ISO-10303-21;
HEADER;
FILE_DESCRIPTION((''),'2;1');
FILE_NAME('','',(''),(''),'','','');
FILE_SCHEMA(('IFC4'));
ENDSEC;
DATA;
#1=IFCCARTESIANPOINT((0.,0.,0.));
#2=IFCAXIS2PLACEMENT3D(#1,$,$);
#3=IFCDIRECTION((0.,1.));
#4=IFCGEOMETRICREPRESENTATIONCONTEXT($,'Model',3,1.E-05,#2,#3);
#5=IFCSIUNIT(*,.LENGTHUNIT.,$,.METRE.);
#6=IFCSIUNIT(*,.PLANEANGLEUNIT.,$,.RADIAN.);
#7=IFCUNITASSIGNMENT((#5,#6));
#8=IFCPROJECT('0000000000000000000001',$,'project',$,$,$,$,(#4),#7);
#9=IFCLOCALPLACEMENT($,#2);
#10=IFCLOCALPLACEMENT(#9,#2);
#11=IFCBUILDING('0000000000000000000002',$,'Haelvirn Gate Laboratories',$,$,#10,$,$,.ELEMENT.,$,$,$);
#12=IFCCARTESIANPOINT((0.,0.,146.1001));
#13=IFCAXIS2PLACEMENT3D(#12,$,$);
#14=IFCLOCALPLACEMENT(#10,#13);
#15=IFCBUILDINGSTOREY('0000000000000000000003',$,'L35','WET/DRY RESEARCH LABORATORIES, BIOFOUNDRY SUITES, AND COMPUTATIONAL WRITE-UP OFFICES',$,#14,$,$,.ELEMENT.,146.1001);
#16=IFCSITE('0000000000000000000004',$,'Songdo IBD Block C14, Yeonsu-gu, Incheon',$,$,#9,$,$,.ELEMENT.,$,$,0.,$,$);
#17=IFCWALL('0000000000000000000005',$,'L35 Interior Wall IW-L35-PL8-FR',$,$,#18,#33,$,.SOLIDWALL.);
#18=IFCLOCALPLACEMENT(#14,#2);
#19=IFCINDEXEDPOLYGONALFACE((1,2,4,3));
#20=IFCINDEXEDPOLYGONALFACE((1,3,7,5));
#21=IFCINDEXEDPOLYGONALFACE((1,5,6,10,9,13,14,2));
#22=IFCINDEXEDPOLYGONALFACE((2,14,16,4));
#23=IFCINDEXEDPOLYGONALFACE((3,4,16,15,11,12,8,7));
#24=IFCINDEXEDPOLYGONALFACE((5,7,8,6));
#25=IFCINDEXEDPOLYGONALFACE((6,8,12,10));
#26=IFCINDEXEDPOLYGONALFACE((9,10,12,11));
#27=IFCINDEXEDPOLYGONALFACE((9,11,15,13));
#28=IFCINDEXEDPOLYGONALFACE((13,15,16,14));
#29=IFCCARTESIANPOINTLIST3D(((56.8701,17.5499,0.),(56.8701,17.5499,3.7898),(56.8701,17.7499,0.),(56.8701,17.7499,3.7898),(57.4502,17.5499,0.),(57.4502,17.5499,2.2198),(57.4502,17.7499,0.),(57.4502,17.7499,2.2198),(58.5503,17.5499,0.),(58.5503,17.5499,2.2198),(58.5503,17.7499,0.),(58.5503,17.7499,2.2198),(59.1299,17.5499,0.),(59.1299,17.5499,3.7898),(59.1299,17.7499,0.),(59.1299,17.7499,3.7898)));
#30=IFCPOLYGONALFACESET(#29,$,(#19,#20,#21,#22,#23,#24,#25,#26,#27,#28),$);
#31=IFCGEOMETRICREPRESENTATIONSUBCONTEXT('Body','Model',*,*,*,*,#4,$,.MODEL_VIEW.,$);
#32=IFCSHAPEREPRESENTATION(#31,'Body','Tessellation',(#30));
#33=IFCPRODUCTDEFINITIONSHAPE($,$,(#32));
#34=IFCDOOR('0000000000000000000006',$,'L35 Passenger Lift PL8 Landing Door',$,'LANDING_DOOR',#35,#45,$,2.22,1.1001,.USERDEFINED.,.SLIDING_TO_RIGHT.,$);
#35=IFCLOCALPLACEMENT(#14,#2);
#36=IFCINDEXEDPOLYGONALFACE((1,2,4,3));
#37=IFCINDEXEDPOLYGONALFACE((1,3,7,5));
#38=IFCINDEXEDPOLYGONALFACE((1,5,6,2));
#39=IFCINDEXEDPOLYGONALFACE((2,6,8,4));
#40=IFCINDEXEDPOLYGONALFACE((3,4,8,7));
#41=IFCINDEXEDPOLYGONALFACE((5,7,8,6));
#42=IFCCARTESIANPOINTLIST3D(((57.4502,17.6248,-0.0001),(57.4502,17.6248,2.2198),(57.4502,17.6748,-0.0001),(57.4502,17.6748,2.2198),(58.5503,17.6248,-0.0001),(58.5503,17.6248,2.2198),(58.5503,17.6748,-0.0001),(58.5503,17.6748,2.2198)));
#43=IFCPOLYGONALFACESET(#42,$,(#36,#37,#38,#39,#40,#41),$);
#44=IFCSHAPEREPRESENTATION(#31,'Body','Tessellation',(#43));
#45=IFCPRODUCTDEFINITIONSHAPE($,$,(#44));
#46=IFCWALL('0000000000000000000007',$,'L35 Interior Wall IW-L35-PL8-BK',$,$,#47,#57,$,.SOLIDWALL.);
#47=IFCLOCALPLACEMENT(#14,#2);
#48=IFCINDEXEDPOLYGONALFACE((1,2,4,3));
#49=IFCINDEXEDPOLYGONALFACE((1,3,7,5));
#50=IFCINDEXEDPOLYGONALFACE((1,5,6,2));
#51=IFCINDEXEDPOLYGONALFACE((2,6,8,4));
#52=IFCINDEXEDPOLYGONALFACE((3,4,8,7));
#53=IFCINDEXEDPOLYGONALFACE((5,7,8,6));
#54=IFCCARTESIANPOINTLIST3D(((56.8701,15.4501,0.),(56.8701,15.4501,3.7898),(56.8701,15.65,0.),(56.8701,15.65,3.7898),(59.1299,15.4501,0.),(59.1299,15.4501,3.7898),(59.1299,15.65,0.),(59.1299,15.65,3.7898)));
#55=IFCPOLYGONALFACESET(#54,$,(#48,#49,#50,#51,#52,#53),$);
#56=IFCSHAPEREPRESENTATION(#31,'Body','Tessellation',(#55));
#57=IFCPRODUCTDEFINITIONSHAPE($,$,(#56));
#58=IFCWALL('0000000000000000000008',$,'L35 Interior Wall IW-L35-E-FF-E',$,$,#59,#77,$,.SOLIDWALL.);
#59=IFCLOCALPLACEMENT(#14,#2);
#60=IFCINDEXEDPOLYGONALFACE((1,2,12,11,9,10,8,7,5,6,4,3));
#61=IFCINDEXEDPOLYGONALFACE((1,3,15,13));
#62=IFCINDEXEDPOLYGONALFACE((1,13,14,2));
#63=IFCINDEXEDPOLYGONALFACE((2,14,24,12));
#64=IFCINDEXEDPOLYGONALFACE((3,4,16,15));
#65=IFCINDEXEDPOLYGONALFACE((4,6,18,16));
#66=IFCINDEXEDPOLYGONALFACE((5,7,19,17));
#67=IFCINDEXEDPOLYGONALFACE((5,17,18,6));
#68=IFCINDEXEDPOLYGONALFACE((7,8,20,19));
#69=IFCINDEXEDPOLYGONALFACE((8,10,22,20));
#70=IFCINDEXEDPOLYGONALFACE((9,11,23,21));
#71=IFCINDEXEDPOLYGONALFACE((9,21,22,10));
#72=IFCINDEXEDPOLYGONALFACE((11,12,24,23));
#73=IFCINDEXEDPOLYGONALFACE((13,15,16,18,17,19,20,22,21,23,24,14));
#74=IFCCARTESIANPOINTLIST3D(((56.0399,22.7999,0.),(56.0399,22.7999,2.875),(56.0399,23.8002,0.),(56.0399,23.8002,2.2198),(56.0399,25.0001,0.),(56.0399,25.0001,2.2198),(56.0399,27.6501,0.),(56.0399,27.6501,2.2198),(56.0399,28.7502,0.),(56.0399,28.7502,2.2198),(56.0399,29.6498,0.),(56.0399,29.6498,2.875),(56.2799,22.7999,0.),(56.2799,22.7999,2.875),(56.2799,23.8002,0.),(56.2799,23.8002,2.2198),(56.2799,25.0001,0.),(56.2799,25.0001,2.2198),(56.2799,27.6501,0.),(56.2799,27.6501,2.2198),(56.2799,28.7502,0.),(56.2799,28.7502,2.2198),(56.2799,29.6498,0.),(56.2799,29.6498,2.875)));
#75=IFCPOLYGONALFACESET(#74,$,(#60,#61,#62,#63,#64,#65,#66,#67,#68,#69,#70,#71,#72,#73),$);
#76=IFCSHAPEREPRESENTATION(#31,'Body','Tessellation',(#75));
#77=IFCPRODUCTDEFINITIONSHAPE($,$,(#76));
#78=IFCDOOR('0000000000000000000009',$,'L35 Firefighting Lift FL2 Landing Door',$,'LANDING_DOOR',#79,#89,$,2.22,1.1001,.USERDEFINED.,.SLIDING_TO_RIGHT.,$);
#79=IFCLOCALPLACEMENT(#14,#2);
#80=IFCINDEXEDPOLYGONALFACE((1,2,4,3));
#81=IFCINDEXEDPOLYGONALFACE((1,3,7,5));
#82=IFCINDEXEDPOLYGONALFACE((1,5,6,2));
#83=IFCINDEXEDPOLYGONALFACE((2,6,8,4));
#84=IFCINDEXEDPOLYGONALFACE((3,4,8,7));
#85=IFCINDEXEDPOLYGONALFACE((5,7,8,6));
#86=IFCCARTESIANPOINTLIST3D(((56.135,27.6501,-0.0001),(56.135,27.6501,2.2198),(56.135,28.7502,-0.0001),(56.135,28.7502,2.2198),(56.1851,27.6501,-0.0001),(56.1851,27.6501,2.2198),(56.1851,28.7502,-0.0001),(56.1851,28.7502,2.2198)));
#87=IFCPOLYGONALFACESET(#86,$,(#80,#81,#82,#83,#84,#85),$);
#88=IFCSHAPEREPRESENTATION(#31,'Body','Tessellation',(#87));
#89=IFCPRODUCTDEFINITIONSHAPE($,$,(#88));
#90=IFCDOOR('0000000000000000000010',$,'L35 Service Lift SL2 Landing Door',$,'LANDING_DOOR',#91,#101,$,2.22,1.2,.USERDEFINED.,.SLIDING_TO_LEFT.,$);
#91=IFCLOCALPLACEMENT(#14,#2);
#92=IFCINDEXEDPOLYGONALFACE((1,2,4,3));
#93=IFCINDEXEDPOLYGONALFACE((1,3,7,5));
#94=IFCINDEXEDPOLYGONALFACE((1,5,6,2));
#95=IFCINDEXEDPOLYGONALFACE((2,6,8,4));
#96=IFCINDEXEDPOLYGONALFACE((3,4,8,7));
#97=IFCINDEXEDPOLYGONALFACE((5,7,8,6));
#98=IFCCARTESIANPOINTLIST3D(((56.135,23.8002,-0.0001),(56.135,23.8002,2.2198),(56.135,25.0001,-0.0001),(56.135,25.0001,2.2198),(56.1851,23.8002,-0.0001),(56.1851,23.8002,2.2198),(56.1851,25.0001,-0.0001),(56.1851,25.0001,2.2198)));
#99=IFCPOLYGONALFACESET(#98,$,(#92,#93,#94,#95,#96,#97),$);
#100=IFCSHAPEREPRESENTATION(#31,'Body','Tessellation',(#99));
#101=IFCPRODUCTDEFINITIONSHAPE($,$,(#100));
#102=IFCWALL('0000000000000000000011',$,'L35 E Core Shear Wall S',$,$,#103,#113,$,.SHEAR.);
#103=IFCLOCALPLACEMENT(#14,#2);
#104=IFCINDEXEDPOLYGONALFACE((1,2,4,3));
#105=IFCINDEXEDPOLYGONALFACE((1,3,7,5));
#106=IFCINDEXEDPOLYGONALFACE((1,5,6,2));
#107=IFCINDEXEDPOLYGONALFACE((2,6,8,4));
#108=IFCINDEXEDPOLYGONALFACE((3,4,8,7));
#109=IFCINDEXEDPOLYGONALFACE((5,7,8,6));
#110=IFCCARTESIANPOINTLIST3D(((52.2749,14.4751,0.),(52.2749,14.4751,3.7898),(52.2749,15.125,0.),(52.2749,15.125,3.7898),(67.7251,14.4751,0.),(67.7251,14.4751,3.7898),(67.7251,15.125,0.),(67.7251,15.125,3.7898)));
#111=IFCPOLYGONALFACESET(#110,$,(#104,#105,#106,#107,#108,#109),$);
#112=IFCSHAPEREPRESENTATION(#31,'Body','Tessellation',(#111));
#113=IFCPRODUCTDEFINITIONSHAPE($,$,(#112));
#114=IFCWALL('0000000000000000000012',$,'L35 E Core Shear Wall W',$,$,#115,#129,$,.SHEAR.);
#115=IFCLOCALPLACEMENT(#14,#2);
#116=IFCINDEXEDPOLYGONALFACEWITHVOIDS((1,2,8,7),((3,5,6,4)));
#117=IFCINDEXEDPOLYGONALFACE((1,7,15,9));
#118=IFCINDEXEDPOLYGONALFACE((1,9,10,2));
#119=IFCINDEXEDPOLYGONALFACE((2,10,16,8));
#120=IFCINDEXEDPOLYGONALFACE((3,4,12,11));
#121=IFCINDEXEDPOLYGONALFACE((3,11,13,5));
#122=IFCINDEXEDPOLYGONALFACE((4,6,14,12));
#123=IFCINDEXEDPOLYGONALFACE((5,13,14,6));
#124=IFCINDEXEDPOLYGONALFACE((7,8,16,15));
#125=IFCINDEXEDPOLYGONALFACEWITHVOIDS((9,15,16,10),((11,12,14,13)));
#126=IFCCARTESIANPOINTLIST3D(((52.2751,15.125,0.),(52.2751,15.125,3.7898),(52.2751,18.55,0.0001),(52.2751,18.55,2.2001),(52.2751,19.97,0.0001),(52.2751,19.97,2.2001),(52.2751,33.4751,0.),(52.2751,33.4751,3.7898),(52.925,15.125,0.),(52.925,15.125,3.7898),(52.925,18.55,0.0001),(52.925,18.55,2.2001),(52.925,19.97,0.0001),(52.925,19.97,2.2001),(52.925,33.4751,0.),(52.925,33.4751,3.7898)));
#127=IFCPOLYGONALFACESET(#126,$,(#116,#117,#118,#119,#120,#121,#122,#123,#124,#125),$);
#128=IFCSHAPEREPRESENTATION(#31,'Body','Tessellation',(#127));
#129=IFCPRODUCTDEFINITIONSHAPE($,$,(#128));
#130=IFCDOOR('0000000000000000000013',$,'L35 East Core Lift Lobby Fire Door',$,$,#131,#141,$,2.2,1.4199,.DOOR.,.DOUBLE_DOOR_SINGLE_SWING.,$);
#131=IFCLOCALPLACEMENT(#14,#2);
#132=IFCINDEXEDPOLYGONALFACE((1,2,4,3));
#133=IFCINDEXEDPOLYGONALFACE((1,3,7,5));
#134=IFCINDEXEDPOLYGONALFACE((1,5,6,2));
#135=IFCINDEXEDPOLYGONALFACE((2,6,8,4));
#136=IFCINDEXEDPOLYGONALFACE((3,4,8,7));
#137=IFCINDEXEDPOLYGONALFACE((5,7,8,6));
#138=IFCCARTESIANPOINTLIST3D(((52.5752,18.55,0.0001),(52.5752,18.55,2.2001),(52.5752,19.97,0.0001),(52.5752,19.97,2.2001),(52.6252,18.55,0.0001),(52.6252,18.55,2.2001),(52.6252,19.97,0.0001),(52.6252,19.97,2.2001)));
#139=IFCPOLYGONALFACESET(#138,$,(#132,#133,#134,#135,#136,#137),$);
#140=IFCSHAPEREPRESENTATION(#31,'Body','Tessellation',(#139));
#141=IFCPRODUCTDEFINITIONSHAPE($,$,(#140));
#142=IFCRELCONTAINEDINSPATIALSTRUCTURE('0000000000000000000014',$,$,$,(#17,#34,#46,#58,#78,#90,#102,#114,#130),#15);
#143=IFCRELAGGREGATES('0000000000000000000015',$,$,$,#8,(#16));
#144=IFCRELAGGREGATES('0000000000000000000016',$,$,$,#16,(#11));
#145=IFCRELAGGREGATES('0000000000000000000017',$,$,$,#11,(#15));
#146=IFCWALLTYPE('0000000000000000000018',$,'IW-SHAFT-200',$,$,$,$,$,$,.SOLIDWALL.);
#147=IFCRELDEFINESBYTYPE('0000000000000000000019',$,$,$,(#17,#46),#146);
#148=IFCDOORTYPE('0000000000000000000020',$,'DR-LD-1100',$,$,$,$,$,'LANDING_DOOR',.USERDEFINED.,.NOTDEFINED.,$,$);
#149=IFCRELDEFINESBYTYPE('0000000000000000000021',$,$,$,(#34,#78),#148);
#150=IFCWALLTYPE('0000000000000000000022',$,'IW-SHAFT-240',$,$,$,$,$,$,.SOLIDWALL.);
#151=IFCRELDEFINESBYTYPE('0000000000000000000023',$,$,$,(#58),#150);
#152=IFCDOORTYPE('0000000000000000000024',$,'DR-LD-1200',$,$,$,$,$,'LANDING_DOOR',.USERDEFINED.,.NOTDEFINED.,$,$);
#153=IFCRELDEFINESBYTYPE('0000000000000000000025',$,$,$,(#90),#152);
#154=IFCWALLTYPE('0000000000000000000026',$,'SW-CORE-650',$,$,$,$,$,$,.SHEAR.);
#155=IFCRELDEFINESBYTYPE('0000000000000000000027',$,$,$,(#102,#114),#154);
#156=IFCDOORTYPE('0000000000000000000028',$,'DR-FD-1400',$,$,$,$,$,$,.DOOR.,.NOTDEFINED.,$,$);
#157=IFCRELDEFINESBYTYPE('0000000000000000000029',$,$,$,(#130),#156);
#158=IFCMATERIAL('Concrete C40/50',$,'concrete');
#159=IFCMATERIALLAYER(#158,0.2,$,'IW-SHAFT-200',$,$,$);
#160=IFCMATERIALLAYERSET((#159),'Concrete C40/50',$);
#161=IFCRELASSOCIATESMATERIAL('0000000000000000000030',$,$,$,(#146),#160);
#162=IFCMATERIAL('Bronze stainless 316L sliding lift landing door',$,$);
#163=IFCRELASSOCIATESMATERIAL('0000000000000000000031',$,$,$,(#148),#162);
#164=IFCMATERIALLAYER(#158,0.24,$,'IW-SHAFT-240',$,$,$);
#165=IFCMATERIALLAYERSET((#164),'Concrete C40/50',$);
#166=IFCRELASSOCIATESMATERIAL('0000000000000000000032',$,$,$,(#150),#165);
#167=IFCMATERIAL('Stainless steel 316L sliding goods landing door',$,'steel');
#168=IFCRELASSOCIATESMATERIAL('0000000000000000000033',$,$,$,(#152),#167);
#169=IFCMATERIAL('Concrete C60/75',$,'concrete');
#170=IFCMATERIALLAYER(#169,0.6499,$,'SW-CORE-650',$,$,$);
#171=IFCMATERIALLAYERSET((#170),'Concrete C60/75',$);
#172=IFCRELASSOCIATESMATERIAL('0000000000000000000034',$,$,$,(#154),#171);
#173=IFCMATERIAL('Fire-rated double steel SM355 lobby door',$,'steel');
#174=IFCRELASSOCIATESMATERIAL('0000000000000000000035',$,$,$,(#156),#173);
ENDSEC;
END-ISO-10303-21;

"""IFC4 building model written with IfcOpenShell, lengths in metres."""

from ifc_helpers import new_model, si_unit, direction, frame, frame_2d, origin, place, context, subcontext, project, spatial, rectangle, extrude, source, transform, mapped, material, layer, layer_set, type_object, type_shapes, element, fill, save


model = new_model("IFC4")

# Units and contexts
model_context = context("Model", 3, precision=1e-05, world=origin(), true_north=direction((0.0, 1.0)))
body_context = subcontext(model_context, "Body", "Model", "MODEL_VIEW")
ifc_project = project(units=[si_unit("LENGTHUNIT", "METRE"), si_unit("PLANEANGLEUNIT", "RADIAN")], contexts=[model_context])

# Site, building, storey
site_placement = place(None, origin())
site = spatial("IfcSite", under=ifc_project, at=site_placement, Name="Songdo IBD Block C14, Yeonsu-gu, Incheon", CompositionType="ELEMENT", RefElevation=0.0)
building_placement = place(site_placement, origin())
building = spatial("IfcBuilding", under=site, at=building_placement, Name="Haelvirn Gate Laboratories", CompositionType="ELEMENT")
storey_placement = place(building_placement, frame((0.0, 0.0, 146.1001)))
storey = spatial("IfcBuildingStorey", under=building, at=storey_placement, Name="L35", Description="WET/DRY RESEARCH LABORATORIES, BIOFOUNDRY SUITES, AND COMPUTATIONAL WRITE-UP OFFICES", CompositionType="ELEMENT", Elevation=146.1001)

# Shared definitions
ifc_material_1 = material(Name="Concrete C60/75", Category="concrete")

# Shared definitions
ifc_material_2 = material(Name="Concrete C40/50", Category="concrete")

# Wall, opening, door
ifc_layer_1 = layer(ifc_material_2, 0.2, Name="IW-SHAFT-200")
ifc_layer_set_1 = layer_set([ifc_layer_1], Name="Concrete C40/50")
wall_type_1 = type_object("IfcWallType", Name="IW-SHAFT-200", PredefinedType="SOLIDWALL", material=ifc_layer_set_1)
wall_1_placement = place(storey_placement, frame((56.8701, 17.6499, 0.0), z_axis=(0.0, 0.0, 1.0), x_axis=(1.0, 0.0, 0.0)))
wall_1 = element("IfcWall", 1, at=wall_1_placement, inside=storey, type_object=wall_type_1, Name="L35 Interior Wall IW-L35-PL8-FR", PredefinedType="SOLIDWALL", context=body_context, shape_type="SweptSolid", body=[
    extrude(rectangle(XDim=2.2598, YDim=0.2, at=frame_2d((1.1299, 0.0))), origin(), (0.0, 0.0, 1.0), 3.7898),
])
opening_1_placement = place(wall_1_placement, frame((0.5801, 0.0, 0.0)))
opening_1 = element("IfcOpeningElement", 2, at=opening_1_placement, cuts=wall_1, PredefinedType="OPENING", context=body_context, shape_type="SweptSolid", body=[
    extrude(rectangle(XDim=1.1001, YDim=2.22, at=frame_2d((0.55, 1.1099))), frame((0.0, 0.1099, 0.0), z_axis=(0.0, -1.0, 0.0), x_axis=(1.0, 0.0, 0.0)), (0.0, 0.0, 1.0), 0.22),
])
ifc_material_3 = material(Name="Bronze stainless 316L sliding lift landing door")
door_type_1 = type_object("IfcDoorType", Name="DR-LD-1100", ElementType="LANDING_DOOR", OperationType="NOTDEFINED", PredefinedType="USERDEFINED", material=ifc_material_3)
shared_shape_1 = source(origin(), body_context, "Body", "SweptSolid", [
    extrude(rectangle(XDim=1.1001, YDim=2.22, at=frame_2d((0.55, 1.1099))), frame((0.0, 0.0249, 0.0), z_axis=(0.0, -1.0, 0.0), x_axis=(1.0, 0.0, 0.0)), (0.0, 0.0, 1.0), 0.05),
])
type_shapes(door_type_1, [shared_shape_1])
door_1_placement = place(opening_1_placement, origin())
door_1 = element("IfcDoor", 3, at=door_1_placement, inside=storey, type_object=door_type_1, Name="L35 Passenger Lift PL8 Landing Door", ObjectType="LANDING_DOOR", OperationType="SLIDING_TO_RIGHT", OverallHeight=2.22, OverallWidth=1.1001, PredefinedType="USERDEFINED", context=body_context, shape_type="MappedRepresentation", body=[
    mapped(shared_shape_1, transform((0.0, 0.0, 0.0), scale=1.0)),
])
fill(opening_1, door_1)

# Wall
wall_2_placement = place(storey_placement, frame((56.8701, 15.55, 0.0), z_axis=(0.0, 0.0, 1.0), x_axis=(1.0, 0.0, 0.0)))
element("IfcWall", 4, at=wall_2_placement, inside=storey, type_object=wall_type_1, Name="L35 Interior Wall IW-L35-PL8-BK", PredefinedType="SOLIDWALL", context=body_context, shape_type="SweptSolid", body=[
    extrude(rectangle(XDim=2.2598, YDim=0.2, at=frame_2d((1.1299, 0.0))), origin(), (0.0, 0.0, 1.0), 3.7898),
])

# Wall, openings, doors
ifc_layer_2 = layer(ifc_material_2, 0.24, Name="IW-SHAFT-240")
ifc_layer_set_2 = layer_set([ifc_layer_2], Name="Concrete C40/50")
wall_type_2 = type_object("IfcWallType", Name="IW-SHAFT-240", PredefinedType="SOLIDWALL", material=ifc_layer_set_2)
wall_3_placement = place(storey_placement, frame((56.1599, 22.8, 0.0), z_axis=(0.0, 0.0, 1.0), x_axis=(0.0, 1.0, 0.0)))
wall_3 = element("IfcWall", 5, at=wall_3_placement, inside=storey, type_object=wall_type_2, Name="L35 Interior Wall IW-L35-E-FF-E", PredefinedType="SOLIDWALL", context=body_context, shape_type="SweptSolid", body=[
    extrude(rectangle(XDim=6.8499, YDim=0.24, at=frame_2d((3.4248, 0.0))), origin(), (0.0, 0.0, 1.0), 2.875),
])
opening_2_placement = place(wall_3_placement, frame((4.8501, 0.0, 0.0)))
opening_2 = element("IfcOpeningElement", 6, at=opening_2_placement, cuts=wall_3, PredefinedType="OPENING", context=body_context, shape_type="SweptSolid", body=[
    extrude(rectangle(XDim=1.1001, YDim=2.22, at=frame_2d((0.55, 1.1099))), frame((0.0, 0.1299, 0.0), z_axis=(0.0, -1.0, 0.0), x_axis=(1.0, 0.0, 0.0)), (0.0, 0.0, 1.0), 0.26),
])
opening_3_placement = place(wall_3_placement, frame((1.0, 0.0, 0.0)))
opening_3 = element("IfcOpeningElement", 7, at=opening_3_placement, cuts=wall_3, PredefinedType="OPENING", context=body_context, shape_type="SweptSolid", body=[
    extrude(rectangle(XDim=1.2, YDim=2.22, at=frame_2d((0.6001, 1.1099))), frame((0.0, 0.1299, 0.0), z_axis=(0.0, -1.0, 0.0), x_axis=(1.0, 0.0, 0.0)), (0.0, 0.0, 1.0), 0.26),
])
door_2_placement = place(opening_2_placement, origin())
door_2 = element("IfcDoor", 8, at=door_2_placement, inside=storey, type_object=door_type_1, Name="L35 Firefighting Lift FL2 Landing Door", ObjectType="LANDING_DOOR", OperationType="SLIDING_TO_RIGHT", OverallHeight=2.22, OverallWidth=1.1001, PredefinedType="USERDEFINED", context=body_context, shape_type="MappedRepresentation", body=[
    mapped(shared_shape_1, transform((0.0, 0.0, 0.0), scale=1.0)),
])
fill(opening_2, door_2)
ifc_material_4 = material(Name="Stainless steel 316L sliding goods landing door", Category="steel")
door_type_2 = type_object("IfcDoorType", Name="DR-LD-1200", ElementType="LANDING_DOOR", OperationType="NOTDEFINED", PredefinedType="USERDEFINED", material=ifc_material_4)
shared_shape_2 = source(origin(), body_context, "Body", "SweptSolid", [
    extrude(rectangle(XDim=1.2, YDim=2.22, at=frame_2d((0.6001, 1.1099))), frame((0.0, 0.0249, 0.0), z_axis=(0.0, -1.0, 0.0), x_axis=(1.0, 0.0, 0.0)), (0.0, 0.0, 1.0), 0.05),
])
type_shapes(door_type_2, [shared_shape_2])
door_3_placement = place(opening_3_placement, origin())
door_3 = element("IfcDoor", 9, at=door_3_placement, inside=storey, type_object=door_type_2, Name="L35 Service Lift SL2 Landing Door", ObjectType="LANDING_DOOR", OperationType="SLIDING_TO_LEFT", OverallHeight=2.22, OverallWidth=1.2, PredefinedType="USERDEFINED", context=body_context, shape_type="MappedRepresentation", body=[
    mapped(shared_shape_2, transform((0.0, 0.0, 0.0), scale=1.0)),
])
fill(opening_3, door_3)

# Wall
ifc_layer_3 = layer(ifc_material_1, 0.6499, Name="SW-CORE-650")
ifc_layer_set_3 = layer_set([ifc_layer_3], Name="Concrete C60/75")
wall_type_3 = type_object("IfcWallType", Name="SW-CORE-650", PredefinedType="SHEAR", material=ifc_layer_set_3)
wall_4_placement = place(storey_placement, frame((52.2749, 14.8, 0.0), z_axis=(0.0, 0.0, 1.0), x_axis=(1.0, 0.0, 0.0)))
element("IfcWall", 10, at=wall_4_placement, inside=storey, type_object=wall_type_3, Name="L35 E Core Shear Wall S", PredefinedType="SHEAR", context=body_context, shape_type="SweptSolid", body=[
    extrude(rectangle(XDim=15.4502, YDim=0.6499, at=frame_2d((7.7251, 0.0))), origin(), (0.0, 0.0, 1.0), 3.7898),
])

# Wall, opening, door
wall_5_placement = place(storey_placement, frame((52.6001, 15.125, 0.0), z_axis=(0.0, 0.0, 1.0), x_axis=(0.0, 1.0, 0.0)))
wall_5 = element("IfcWall", 11, at=wall_5_placement, inside=storey, type_object=wall_type_3, Name="L35 E Core Shear Wall W", PredefinedType="SHEAR", context=body_context, shape_type="SweptSolid", body=[
    extrude(rectangle(XDim=18.3501, YDim=0.6499, at=frame_2d((9.175, 0.0))), origin(), (0.0, 0.0, 1.0), 3.7898),
])
opening_4_placement = place(wall_5_placement, frame((3.425, 0.0, 0.0)))
opening_4 = element("IfcOpeningElement", 12, at=opening_4_placement, cuts=wall_5, PredefinedType="OPENING", context=body_context, shape_type="SweptSolid", body=[
    extrude(rectangle(XDim=1.4199, YDim=2.2, at=frame_2d((0.71, 1.1001))), frame((0.0, 0.335, 0.0), z_axis=(0.0, -1.0, 0.0), x_axis=(1.0, 0.0, 0.0)), (0.0, 0.0, 1.0), 0.6699),
])
ifc_material_5 = material(Name="Fire-rated double steel SM355 lobby door", Category="steel")
door_type_3 = type_object("IfcDoorType", Name="DR-FD-1400", OperationType="NOTDEFINED", PredefinedType="DOOR", material=ifc_material_5)
shared_shape_3 = source(origin(), body_context, "Body", "SweptSolid", [
    extrude(rectangle(XDim=1.4199, YDim=2.2, at=frame_2d((0.71, 1.1001))), frame((0.0, 0.0249, 0.0), z_axis=(0.0, -1.0, 0.0), x_axis=(1.0, 0.0, 0.0)), (0.0, 0.0, 1.0), 0.05),
])
type_shapes(door_type_3, [shared_shape_3])
door_4_placement = place(opening_4_placement, origin())
door_4 = element("IfcDoor", 13, at=door_4_placement, inside=storey, type_object=door_type_3, Name="L35 East Core Lift Lobby Fire Door", OperationType="DOUBLE_DOOR_SINGLE_SWING", OverallHeight=2.2, OverallWidth=1.4199, PredefinedType="DOOR", context=body_context, shape_type="MappedRepresentation", body=[
    mapped(shared_shape_3, transform((0.0, 0.0, 0.0), scale=1.0)),
])
fill(opening_4, door_4)

save(model, "model.ifc")
